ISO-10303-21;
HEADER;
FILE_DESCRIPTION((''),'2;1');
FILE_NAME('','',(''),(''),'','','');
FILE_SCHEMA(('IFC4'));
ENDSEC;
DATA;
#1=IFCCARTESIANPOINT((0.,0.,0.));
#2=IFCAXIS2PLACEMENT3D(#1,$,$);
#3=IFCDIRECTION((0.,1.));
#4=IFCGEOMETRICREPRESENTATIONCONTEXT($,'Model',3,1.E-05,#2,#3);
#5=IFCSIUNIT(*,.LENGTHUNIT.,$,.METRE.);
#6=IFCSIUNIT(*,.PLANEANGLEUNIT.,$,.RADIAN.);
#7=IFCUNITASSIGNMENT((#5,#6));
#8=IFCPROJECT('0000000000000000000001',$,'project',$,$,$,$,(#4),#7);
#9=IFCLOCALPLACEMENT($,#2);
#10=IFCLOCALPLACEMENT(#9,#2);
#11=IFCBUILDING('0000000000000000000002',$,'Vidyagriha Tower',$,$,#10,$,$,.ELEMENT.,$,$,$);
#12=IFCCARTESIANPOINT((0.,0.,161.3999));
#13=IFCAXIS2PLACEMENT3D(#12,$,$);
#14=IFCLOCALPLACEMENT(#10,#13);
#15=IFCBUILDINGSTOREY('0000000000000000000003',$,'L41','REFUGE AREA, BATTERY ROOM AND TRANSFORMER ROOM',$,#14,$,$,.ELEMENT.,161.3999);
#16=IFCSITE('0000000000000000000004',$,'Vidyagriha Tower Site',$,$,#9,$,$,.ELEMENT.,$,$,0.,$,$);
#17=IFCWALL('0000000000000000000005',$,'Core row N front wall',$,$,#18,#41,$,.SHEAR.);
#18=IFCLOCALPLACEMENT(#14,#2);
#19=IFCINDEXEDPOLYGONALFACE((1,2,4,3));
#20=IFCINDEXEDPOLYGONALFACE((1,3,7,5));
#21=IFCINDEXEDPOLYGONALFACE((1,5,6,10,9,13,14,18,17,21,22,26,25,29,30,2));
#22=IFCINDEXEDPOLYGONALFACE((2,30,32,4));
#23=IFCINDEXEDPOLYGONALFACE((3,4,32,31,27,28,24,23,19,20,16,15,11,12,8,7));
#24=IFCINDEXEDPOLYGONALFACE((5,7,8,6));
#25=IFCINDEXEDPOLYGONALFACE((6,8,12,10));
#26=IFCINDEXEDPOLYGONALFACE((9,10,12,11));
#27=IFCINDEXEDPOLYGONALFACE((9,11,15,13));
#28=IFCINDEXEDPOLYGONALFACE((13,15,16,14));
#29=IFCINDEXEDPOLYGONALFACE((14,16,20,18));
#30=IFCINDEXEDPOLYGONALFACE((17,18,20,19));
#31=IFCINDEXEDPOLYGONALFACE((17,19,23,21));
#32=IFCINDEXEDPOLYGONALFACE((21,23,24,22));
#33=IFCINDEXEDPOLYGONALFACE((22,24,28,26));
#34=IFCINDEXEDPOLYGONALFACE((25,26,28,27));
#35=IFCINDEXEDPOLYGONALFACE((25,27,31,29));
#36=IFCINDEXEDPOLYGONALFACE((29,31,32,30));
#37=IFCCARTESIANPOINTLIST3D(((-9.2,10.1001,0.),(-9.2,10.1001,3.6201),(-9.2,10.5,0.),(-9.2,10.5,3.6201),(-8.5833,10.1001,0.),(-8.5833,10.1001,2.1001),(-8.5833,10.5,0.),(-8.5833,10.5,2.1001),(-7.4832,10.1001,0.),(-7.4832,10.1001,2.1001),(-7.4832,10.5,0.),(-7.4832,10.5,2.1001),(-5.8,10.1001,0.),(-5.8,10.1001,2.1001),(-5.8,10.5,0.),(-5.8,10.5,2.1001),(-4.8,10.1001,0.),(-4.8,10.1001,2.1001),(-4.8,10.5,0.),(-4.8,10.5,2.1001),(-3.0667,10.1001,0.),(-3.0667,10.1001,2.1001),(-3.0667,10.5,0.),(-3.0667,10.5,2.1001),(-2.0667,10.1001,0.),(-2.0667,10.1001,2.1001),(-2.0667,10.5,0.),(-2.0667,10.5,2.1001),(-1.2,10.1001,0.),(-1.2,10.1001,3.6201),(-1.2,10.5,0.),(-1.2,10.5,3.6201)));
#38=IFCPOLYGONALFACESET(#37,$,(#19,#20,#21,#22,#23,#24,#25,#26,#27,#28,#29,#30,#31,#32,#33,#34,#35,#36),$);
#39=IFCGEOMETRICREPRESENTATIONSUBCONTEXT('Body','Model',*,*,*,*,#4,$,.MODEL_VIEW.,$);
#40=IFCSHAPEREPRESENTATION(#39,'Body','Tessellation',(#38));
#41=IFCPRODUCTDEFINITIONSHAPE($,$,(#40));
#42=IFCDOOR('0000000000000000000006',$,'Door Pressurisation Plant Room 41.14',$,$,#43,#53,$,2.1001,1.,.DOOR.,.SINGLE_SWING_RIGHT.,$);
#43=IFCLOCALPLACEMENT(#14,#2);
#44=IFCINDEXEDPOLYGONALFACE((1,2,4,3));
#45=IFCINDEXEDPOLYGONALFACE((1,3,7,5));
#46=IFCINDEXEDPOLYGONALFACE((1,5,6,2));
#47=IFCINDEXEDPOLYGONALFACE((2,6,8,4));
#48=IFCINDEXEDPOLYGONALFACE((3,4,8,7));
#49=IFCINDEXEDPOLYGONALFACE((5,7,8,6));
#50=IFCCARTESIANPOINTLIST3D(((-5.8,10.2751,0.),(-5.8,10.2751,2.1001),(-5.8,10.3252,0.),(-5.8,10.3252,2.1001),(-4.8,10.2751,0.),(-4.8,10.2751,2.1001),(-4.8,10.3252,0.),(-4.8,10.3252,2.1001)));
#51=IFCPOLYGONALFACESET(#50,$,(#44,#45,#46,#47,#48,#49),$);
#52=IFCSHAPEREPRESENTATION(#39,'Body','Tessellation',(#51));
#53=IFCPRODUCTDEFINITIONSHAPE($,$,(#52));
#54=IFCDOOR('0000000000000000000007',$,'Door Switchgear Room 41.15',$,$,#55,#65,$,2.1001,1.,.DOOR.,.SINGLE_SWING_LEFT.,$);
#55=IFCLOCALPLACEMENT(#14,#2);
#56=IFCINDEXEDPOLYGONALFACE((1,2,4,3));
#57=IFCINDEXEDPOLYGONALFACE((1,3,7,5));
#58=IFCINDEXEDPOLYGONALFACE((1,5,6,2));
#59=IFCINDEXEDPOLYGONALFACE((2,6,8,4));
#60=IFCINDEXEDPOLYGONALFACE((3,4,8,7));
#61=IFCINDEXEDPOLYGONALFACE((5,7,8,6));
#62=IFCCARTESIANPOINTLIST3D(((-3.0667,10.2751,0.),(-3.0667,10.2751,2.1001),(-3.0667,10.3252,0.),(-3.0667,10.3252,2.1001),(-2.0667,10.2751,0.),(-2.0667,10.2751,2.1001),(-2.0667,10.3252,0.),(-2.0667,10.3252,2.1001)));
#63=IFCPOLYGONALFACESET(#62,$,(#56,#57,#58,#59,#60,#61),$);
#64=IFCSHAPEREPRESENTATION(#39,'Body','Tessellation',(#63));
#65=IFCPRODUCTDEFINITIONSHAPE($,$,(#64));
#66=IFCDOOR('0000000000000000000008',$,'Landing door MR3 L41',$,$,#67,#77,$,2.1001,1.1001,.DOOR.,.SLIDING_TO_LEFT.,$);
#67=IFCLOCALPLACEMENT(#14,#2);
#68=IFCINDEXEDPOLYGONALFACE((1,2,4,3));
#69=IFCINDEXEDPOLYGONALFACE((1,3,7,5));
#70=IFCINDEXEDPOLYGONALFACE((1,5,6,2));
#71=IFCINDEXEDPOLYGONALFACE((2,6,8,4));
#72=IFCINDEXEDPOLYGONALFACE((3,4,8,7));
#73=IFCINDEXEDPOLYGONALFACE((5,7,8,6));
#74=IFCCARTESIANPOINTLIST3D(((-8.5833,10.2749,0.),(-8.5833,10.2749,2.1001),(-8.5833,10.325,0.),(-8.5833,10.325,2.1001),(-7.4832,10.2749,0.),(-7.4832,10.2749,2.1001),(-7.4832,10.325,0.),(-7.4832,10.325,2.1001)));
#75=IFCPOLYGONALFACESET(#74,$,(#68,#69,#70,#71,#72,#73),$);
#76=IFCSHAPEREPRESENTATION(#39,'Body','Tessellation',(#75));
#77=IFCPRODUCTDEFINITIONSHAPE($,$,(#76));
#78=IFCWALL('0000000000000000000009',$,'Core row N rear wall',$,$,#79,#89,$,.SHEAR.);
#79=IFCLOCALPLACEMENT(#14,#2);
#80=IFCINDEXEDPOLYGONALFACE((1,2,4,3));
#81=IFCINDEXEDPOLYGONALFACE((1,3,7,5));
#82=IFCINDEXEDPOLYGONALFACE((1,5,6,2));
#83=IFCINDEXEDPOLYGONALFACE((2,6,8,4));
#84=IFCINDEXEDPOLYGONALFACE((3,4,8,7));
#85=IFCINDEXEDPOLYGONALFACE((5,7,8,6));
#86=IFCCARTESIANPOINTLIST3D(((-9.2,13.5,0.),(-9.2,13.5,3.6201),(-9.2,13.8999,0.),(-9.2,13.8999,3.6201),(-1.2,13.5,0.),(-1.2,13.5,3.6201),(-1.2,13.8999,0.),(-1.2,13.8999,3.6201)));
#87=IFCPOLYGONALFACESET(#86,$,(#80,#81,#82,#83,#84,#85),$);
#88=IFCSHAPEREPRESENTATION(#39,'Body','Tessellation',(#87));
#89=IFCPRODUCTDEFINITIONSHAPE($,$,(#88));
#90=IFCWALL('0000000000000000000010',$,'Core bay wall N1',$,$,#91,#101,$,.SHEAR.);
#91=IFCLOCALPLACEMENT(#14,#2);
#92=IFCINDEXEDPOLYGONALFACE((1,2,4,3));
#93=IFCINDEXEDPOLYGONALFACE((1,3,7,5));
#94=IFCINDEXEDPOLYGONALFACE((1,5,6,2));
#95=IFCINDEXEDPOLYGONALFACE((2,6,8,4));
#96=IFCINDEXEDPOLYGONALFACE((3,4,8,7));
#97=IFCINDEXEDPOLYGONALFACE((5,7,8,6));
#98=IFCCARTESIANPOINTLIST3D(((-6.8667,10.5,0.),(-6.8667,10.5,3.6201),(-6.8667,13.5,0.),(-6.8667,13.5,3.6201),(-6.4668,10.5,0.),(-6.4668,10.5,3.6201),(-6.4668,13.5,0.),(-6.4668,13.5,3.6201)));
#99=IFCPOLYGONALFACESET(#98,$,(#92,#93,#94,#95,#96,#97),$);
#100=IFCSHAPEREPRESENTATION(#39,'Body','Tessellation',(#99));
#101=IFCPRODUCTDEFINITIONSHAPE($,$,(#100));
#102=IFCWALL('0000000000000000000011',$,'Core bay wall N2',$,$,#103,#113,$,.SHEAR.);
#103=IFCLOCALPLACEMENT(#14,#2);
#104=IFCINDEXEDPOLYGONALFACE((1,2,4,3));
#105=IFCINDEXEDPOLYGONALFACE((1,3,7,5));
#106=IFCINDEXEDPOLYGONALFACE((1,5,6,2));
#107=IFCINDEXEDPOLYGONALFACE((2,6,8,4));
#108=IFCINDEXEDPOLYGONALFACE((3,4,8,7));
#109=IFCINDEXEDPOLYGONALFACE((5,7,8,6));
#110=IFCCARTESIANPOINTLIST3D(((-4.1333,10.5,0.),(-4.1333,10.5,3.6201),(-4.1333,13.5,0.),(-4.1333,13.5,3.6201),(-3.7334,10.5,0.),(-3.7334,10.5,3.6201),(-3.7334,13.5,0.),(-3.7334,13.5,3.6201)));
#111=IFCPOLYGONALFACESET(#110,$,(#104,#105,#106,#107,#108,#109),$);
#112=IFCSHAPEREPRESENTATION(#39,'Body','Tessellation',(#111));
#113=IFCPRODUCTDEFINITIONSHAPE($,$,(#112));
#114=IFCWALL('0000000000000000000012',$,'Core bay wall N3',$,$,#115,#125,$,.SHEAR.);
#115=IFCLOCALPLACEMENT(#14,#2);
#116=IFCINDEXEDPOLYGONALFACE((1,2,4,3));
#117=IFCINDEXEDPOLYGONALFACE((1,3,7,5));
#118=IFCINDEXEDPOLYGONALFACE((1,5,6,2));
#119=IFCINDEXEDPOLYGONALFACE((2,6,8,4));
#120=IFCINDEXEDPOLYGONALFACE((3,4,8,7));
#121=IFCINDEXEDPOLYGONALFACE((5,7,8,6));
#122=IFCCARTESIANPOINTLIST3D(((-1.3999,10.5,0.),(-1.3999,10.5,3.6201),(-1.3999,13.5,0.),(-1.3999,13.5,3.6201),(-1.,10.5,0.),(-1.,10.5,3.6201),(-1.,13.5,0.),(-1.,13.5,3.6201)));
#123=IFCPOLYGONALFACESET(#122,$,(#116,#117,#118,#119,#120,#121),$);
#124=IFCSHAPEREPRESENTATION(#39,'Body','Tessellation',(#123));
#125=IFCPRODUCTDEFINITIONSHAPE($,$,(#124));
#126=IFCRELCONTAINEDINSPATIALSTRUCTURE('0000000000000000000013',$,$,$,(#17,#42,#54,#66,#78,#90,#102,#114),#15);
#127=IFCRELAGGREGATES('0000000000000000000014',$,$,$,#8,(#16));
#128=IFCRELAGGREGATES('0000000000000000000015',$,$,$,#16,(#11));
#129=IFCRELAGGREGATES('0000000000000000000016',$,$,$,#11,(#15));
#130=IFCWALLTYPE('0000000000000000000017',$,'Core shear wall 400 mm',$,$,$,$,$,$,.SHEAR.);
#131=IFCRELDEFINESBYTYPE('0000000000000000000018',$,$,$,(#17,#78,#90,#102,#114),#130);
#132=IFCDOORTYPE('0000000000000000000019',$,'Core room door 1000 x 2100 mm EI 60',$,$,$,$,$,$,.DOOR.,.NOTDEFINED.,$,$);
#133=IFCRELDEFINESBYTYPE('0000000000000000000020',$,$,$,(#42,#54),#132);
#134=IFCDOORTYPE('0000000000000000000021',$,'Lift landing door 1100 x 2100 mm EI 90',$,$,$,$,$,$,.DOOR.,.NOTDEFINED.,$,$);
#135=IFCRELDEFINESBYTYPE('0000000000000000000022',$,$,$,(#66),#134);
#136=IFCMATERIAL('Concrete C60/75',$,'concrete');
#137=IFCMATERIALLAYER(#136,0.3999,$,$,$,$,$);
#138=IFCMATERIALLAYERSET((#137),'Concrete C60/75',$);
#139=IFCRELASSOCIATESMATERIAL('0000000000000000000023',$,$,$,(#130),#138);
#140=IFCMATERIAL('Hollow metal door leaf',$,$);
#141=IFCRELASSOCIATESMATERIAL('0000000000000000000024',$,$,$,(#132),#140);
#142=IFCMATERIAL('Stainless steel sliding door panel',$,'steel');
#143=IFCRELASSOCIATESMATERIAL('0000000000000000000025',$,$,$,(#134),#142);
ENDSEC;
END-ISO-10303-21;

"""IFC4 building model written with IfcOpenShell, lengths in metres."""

from ifc_helpers import new_model, si_unit, direction, frame, frame_2d, origin, place, context, subcontext, project, spatial, rectangle, extrude, material, layer, layer_set, type_object, element, fill, save


model = new_model("IFC4")

# Units and contexts
model_context = context("Model", 3, precision=1e-05, world=origin(), true_north=direction((0.0, 1.0)))
body_context = subcontext(model_context, "Body", "Model", "MODEL_VIEW")
ifc_project = project(units=[si_unit("LENGTHUNIT", "METRE"), si_unit("PLANEANGLEUNIT", "RADIAN")], contexts=[model_context])

# Site, building, storey
site_placement = place(None, origin())
site = spatial("IfcSite", under=ifc_project, at=site_placement, Name="Vidyagriha Tower Site", CompositionType="ELEMENT", RefElevation=0.0)
building_placement = place(site_placement, origin())
building = spatial("IfcBuilding", under=site, at=building_placement, Name="Vidyagriha Tower", CompositionType="ELEMENT")
storey_placement = place(building_placement, frame((0.0, 0.0, 161.3999)))
storey = spatial("IfcBuildingStorey", under=building, at=storey_placement, Name="L41", Description="REFUGE AREA, BATTERY ROOM AND TRANSFORMER ROOM", CompositionType="ELEMENT", Elevation=161.3999)

# Shared definitions
ifc_material_1 = material(Name="Concrete C60/75", Category="concrete")
ifc_layer_1 = layer(ifc_material_1, 0.3999)
ifc_layer_set_1 = layer_set([ifc_layer_1], Name="Concrete C60/75")
wall_type_1 = type_object("IfcWallType", Name="Core shear wall 400 mm", PredefinedType="SHEAR", material=ifc_layer_set_1)
ifc_material_2 = material(Name="Hollow metal door leaf")
door_type_1 = type_object("IfcDoorType", Name="Core room door 1000 x 2100 mm EI 60", OperationType="NOTDEFINED", PredefinedType="DOOR", material=ifc_material_2)

# Wall, openings, doors
wall_1_placement = place(storey_placement, frame((-9.2, 10.3, 0.0)))
wall_1 = element("IfcWall", 1, at=wall_1_placement, inside=storey, type_object=wall_type_1, Name="Core row N front wall", PredefinedType="SHEAR", context=body_context, shape_type="SweptSolid", body=[
    extrude(rectangle(XDim=8.0, YDim=0.3999, at=frame_2d((4.0, 0.0))), origin(), (0.0, 0.0, 1.0), 3.6201),
])
opening_1_placement = place(wall_1_placement, frame((0.6167, 0.0, 0.0)))
opening_1 = element("IfcOpeningElement", 2, at=opening_1_placement, cuts=wall_1, PredefinedType="OPENING", context=body_context, shape_type="SweptSolid", body=[
    extrude(rectangle(XDim=1.1001, YDim=2.1001, at=frame_2d((0.55, 1.05))), frame((0.0, 0.21, 0.0), z_axis=(0.0, -1.0, 0.0), x_axis=(1.0, 0.0, 0.0)), (0.0, 0.0, 1.0), 0.4199),
])
opening_2_placement = place(wall_1_placement, frame((3.3999, 0.0, 0.0)))
opening_2 = element("IfcOpeningElement", 3, at=opening_2_placement, cuts=wall_1, PredefinedType="OPENING", context=body_context, shape_type="SweptSolid", body=[
    extrude(rectangle(XDim=1.0, YDim=2.1001, at=frame_2d((0.5, 1.05))), frame((0.0, 0.21, 0.0), z_axis=(0.0, -1.0, 0.0), x_axis=(1.0, 0.0, 0.0)), (0.0, 0.0, 1.0), 0.4199),
])
opening_3_placement = place(wall_1_placement, frame((6.1333, 0.0, 0.0)))
opening_3 = element("IfcOpeningElement", 4, at=opening_3_placement, cuts=wall_1, PredefinedType="OPENING", context=body_context, shape_type="SweptSolid", body=[
    extrude(rectangle(XDim=1.0, YDim=2.1001, at=frame_2d((0.5, 1.05))), frame((0.0, 0.21, 0.0), z_axis=(0.0, -1.0, 0.0), x_axis=(1.0, 0.0, 0.0)), (0.0, 0.0, 1.0), 0.4199),
])
door_1_placement = place(opening_2_placement, frame((1.0, 0.0, 0.0), z_axis=(0.0, 0.0, 1.0), x_axis=(-1.0, 0.0, 0.0)))
door_1 = element("IfcDoor", 5, at=door_1_placement, inside=storey, type_object=door_type_1, Name="Door Pressurisation Plant Room 41.14", OperationType="SINGLE_SWING_RIGHT", OverallHeight=2.1001, OverallWidth=1.0, PredefinedType="DOOR", context=body_context, shape_type="SweptSolid", body=[
    extrude(rectangle(XDim=1.0, YDim=2.1001, at=frame_2d((0.5, 1.05))), frame((0.0, 0.0249, 0.0), z_axis=(0.0, -1.0, 0.0), x_axis=(1.0, 0.0, 0.0)), (0.0, 0.0, 1.0), 0.05),
])
fill(opening_2, door_1)
door_2_placement = place(opening_3_placement, frame((1.0, 0.0, 0.0), z_axis=(0.0, 0.0, 1.0), x_axis=(-1.0, 0.0, 0.0)))
door_2 = element("IfcDoor", 6, at=door_2_placement, inside=storey, type_object=door_type_1, Name="Door Switchgear Room 41.15", OperationType="SINGLE_SWING_LEFT", OverallHeight=2.1001, OverallWidth=1.0, PredefinedType="DOOR", context=body_context, shape_type="SweptSolid", body=[
    extrude(rectangle(XDim=1.0, YDim=2.1001, at=frame_2d((0.5, 1.05))), frame((0.0, 0.0249, 0.0), z_axis=(0.0, -1.0, 0.0), x_axis=(1.0, 0.0, 0.0)), (0.0, 0.0, 1.0), 0.05),
])
fill(opening_3, door_2)
ifc_material_3 = material(Name="Stainless steel sliding door panel", Category="steel")
door_type_2 = type_object("IfcDoorType", Name="Lift landing door 1100 x 2100 mm EI 90", OperationType="NOTDEFINED", PredefinedType="DOOR", material=ifc_material_3)
door_3_placement = place(opening_1_placement, origin())
door_3 = element("IfcDoor", 7, at=door_3_placement, inside=storey, type_object=door_type_2, Name="Landing door MR3 L41", OperationType="SLIDING_TO_LEFT", OverallHeight=2.1001, OverallWidth=1.1001, PredefinedType="DOOR", context=body_context, shape_type="SweptSolid", body=[
    extrude(rectangle(XDim=1.1001, YDim=2.1001, at=frame_2d((0.55, 1.05))), frame((0.0, 0.0249, 0.0), z_axis=(0.0, -1.0, 0.0), x_axis=(1.0, 0.0, 0.0)), (0.0, 0.0, 1.0), 0.05),
])
fill(opening_1, door_3)

# Walls
wall_2_placement = place(storey_placement, frame((-9.2, 13.7, 0.0)))
element("IfcWall", 8, at=wall_2_placement, inside=storey, type_object=wall_type_1, Name="Core row N rear wall", PredefinedType="SHEAR", context=body_context, shape_type="SweptSolid", body=[
    extrude(rectangle(XDim=8.0, YDim=0.3999, at=frame_2d((4.0, 0.0))), origin(), (0.0, 0.0, 1.0), 3.6201),
])
for number, where, z_axis, x_axis, name in (
    (9, (-6.6667, 10.5, 0.0), (0.0, 0.0, 1.0), (0.0, 1.0, 0.0), "Core bay wall N1"),
    (10, (-3.9333, 10.5, 0.0), (0.0, 0.0, 1.0), (0.0, 1.0, 0.0), "Core bay wall N2"),
    (11, (-1.2, 10.5, 0.0), (0.0, 0.0, 1.0), (0.0, 1.0, 0.0), "Core bay wall N3"),
):
    element("IfcWall", number, at=place(storey_placement, frame(where, z_axis=z_axis, x_axis=x_axis)), inside=storey, type_object=wall_type_1, Name=name, PredefinedType="SHEAR", context=body_context, shape_type="SweptSolid", body=[
        extrude(rectangle(XDim=3.0, YDim=0.3999, at=frame_2d((1.5, 0.0))), origin(), (0.0, 0.0, 1.0), 3.6201),
    ])

save(model, "model.ifc")
